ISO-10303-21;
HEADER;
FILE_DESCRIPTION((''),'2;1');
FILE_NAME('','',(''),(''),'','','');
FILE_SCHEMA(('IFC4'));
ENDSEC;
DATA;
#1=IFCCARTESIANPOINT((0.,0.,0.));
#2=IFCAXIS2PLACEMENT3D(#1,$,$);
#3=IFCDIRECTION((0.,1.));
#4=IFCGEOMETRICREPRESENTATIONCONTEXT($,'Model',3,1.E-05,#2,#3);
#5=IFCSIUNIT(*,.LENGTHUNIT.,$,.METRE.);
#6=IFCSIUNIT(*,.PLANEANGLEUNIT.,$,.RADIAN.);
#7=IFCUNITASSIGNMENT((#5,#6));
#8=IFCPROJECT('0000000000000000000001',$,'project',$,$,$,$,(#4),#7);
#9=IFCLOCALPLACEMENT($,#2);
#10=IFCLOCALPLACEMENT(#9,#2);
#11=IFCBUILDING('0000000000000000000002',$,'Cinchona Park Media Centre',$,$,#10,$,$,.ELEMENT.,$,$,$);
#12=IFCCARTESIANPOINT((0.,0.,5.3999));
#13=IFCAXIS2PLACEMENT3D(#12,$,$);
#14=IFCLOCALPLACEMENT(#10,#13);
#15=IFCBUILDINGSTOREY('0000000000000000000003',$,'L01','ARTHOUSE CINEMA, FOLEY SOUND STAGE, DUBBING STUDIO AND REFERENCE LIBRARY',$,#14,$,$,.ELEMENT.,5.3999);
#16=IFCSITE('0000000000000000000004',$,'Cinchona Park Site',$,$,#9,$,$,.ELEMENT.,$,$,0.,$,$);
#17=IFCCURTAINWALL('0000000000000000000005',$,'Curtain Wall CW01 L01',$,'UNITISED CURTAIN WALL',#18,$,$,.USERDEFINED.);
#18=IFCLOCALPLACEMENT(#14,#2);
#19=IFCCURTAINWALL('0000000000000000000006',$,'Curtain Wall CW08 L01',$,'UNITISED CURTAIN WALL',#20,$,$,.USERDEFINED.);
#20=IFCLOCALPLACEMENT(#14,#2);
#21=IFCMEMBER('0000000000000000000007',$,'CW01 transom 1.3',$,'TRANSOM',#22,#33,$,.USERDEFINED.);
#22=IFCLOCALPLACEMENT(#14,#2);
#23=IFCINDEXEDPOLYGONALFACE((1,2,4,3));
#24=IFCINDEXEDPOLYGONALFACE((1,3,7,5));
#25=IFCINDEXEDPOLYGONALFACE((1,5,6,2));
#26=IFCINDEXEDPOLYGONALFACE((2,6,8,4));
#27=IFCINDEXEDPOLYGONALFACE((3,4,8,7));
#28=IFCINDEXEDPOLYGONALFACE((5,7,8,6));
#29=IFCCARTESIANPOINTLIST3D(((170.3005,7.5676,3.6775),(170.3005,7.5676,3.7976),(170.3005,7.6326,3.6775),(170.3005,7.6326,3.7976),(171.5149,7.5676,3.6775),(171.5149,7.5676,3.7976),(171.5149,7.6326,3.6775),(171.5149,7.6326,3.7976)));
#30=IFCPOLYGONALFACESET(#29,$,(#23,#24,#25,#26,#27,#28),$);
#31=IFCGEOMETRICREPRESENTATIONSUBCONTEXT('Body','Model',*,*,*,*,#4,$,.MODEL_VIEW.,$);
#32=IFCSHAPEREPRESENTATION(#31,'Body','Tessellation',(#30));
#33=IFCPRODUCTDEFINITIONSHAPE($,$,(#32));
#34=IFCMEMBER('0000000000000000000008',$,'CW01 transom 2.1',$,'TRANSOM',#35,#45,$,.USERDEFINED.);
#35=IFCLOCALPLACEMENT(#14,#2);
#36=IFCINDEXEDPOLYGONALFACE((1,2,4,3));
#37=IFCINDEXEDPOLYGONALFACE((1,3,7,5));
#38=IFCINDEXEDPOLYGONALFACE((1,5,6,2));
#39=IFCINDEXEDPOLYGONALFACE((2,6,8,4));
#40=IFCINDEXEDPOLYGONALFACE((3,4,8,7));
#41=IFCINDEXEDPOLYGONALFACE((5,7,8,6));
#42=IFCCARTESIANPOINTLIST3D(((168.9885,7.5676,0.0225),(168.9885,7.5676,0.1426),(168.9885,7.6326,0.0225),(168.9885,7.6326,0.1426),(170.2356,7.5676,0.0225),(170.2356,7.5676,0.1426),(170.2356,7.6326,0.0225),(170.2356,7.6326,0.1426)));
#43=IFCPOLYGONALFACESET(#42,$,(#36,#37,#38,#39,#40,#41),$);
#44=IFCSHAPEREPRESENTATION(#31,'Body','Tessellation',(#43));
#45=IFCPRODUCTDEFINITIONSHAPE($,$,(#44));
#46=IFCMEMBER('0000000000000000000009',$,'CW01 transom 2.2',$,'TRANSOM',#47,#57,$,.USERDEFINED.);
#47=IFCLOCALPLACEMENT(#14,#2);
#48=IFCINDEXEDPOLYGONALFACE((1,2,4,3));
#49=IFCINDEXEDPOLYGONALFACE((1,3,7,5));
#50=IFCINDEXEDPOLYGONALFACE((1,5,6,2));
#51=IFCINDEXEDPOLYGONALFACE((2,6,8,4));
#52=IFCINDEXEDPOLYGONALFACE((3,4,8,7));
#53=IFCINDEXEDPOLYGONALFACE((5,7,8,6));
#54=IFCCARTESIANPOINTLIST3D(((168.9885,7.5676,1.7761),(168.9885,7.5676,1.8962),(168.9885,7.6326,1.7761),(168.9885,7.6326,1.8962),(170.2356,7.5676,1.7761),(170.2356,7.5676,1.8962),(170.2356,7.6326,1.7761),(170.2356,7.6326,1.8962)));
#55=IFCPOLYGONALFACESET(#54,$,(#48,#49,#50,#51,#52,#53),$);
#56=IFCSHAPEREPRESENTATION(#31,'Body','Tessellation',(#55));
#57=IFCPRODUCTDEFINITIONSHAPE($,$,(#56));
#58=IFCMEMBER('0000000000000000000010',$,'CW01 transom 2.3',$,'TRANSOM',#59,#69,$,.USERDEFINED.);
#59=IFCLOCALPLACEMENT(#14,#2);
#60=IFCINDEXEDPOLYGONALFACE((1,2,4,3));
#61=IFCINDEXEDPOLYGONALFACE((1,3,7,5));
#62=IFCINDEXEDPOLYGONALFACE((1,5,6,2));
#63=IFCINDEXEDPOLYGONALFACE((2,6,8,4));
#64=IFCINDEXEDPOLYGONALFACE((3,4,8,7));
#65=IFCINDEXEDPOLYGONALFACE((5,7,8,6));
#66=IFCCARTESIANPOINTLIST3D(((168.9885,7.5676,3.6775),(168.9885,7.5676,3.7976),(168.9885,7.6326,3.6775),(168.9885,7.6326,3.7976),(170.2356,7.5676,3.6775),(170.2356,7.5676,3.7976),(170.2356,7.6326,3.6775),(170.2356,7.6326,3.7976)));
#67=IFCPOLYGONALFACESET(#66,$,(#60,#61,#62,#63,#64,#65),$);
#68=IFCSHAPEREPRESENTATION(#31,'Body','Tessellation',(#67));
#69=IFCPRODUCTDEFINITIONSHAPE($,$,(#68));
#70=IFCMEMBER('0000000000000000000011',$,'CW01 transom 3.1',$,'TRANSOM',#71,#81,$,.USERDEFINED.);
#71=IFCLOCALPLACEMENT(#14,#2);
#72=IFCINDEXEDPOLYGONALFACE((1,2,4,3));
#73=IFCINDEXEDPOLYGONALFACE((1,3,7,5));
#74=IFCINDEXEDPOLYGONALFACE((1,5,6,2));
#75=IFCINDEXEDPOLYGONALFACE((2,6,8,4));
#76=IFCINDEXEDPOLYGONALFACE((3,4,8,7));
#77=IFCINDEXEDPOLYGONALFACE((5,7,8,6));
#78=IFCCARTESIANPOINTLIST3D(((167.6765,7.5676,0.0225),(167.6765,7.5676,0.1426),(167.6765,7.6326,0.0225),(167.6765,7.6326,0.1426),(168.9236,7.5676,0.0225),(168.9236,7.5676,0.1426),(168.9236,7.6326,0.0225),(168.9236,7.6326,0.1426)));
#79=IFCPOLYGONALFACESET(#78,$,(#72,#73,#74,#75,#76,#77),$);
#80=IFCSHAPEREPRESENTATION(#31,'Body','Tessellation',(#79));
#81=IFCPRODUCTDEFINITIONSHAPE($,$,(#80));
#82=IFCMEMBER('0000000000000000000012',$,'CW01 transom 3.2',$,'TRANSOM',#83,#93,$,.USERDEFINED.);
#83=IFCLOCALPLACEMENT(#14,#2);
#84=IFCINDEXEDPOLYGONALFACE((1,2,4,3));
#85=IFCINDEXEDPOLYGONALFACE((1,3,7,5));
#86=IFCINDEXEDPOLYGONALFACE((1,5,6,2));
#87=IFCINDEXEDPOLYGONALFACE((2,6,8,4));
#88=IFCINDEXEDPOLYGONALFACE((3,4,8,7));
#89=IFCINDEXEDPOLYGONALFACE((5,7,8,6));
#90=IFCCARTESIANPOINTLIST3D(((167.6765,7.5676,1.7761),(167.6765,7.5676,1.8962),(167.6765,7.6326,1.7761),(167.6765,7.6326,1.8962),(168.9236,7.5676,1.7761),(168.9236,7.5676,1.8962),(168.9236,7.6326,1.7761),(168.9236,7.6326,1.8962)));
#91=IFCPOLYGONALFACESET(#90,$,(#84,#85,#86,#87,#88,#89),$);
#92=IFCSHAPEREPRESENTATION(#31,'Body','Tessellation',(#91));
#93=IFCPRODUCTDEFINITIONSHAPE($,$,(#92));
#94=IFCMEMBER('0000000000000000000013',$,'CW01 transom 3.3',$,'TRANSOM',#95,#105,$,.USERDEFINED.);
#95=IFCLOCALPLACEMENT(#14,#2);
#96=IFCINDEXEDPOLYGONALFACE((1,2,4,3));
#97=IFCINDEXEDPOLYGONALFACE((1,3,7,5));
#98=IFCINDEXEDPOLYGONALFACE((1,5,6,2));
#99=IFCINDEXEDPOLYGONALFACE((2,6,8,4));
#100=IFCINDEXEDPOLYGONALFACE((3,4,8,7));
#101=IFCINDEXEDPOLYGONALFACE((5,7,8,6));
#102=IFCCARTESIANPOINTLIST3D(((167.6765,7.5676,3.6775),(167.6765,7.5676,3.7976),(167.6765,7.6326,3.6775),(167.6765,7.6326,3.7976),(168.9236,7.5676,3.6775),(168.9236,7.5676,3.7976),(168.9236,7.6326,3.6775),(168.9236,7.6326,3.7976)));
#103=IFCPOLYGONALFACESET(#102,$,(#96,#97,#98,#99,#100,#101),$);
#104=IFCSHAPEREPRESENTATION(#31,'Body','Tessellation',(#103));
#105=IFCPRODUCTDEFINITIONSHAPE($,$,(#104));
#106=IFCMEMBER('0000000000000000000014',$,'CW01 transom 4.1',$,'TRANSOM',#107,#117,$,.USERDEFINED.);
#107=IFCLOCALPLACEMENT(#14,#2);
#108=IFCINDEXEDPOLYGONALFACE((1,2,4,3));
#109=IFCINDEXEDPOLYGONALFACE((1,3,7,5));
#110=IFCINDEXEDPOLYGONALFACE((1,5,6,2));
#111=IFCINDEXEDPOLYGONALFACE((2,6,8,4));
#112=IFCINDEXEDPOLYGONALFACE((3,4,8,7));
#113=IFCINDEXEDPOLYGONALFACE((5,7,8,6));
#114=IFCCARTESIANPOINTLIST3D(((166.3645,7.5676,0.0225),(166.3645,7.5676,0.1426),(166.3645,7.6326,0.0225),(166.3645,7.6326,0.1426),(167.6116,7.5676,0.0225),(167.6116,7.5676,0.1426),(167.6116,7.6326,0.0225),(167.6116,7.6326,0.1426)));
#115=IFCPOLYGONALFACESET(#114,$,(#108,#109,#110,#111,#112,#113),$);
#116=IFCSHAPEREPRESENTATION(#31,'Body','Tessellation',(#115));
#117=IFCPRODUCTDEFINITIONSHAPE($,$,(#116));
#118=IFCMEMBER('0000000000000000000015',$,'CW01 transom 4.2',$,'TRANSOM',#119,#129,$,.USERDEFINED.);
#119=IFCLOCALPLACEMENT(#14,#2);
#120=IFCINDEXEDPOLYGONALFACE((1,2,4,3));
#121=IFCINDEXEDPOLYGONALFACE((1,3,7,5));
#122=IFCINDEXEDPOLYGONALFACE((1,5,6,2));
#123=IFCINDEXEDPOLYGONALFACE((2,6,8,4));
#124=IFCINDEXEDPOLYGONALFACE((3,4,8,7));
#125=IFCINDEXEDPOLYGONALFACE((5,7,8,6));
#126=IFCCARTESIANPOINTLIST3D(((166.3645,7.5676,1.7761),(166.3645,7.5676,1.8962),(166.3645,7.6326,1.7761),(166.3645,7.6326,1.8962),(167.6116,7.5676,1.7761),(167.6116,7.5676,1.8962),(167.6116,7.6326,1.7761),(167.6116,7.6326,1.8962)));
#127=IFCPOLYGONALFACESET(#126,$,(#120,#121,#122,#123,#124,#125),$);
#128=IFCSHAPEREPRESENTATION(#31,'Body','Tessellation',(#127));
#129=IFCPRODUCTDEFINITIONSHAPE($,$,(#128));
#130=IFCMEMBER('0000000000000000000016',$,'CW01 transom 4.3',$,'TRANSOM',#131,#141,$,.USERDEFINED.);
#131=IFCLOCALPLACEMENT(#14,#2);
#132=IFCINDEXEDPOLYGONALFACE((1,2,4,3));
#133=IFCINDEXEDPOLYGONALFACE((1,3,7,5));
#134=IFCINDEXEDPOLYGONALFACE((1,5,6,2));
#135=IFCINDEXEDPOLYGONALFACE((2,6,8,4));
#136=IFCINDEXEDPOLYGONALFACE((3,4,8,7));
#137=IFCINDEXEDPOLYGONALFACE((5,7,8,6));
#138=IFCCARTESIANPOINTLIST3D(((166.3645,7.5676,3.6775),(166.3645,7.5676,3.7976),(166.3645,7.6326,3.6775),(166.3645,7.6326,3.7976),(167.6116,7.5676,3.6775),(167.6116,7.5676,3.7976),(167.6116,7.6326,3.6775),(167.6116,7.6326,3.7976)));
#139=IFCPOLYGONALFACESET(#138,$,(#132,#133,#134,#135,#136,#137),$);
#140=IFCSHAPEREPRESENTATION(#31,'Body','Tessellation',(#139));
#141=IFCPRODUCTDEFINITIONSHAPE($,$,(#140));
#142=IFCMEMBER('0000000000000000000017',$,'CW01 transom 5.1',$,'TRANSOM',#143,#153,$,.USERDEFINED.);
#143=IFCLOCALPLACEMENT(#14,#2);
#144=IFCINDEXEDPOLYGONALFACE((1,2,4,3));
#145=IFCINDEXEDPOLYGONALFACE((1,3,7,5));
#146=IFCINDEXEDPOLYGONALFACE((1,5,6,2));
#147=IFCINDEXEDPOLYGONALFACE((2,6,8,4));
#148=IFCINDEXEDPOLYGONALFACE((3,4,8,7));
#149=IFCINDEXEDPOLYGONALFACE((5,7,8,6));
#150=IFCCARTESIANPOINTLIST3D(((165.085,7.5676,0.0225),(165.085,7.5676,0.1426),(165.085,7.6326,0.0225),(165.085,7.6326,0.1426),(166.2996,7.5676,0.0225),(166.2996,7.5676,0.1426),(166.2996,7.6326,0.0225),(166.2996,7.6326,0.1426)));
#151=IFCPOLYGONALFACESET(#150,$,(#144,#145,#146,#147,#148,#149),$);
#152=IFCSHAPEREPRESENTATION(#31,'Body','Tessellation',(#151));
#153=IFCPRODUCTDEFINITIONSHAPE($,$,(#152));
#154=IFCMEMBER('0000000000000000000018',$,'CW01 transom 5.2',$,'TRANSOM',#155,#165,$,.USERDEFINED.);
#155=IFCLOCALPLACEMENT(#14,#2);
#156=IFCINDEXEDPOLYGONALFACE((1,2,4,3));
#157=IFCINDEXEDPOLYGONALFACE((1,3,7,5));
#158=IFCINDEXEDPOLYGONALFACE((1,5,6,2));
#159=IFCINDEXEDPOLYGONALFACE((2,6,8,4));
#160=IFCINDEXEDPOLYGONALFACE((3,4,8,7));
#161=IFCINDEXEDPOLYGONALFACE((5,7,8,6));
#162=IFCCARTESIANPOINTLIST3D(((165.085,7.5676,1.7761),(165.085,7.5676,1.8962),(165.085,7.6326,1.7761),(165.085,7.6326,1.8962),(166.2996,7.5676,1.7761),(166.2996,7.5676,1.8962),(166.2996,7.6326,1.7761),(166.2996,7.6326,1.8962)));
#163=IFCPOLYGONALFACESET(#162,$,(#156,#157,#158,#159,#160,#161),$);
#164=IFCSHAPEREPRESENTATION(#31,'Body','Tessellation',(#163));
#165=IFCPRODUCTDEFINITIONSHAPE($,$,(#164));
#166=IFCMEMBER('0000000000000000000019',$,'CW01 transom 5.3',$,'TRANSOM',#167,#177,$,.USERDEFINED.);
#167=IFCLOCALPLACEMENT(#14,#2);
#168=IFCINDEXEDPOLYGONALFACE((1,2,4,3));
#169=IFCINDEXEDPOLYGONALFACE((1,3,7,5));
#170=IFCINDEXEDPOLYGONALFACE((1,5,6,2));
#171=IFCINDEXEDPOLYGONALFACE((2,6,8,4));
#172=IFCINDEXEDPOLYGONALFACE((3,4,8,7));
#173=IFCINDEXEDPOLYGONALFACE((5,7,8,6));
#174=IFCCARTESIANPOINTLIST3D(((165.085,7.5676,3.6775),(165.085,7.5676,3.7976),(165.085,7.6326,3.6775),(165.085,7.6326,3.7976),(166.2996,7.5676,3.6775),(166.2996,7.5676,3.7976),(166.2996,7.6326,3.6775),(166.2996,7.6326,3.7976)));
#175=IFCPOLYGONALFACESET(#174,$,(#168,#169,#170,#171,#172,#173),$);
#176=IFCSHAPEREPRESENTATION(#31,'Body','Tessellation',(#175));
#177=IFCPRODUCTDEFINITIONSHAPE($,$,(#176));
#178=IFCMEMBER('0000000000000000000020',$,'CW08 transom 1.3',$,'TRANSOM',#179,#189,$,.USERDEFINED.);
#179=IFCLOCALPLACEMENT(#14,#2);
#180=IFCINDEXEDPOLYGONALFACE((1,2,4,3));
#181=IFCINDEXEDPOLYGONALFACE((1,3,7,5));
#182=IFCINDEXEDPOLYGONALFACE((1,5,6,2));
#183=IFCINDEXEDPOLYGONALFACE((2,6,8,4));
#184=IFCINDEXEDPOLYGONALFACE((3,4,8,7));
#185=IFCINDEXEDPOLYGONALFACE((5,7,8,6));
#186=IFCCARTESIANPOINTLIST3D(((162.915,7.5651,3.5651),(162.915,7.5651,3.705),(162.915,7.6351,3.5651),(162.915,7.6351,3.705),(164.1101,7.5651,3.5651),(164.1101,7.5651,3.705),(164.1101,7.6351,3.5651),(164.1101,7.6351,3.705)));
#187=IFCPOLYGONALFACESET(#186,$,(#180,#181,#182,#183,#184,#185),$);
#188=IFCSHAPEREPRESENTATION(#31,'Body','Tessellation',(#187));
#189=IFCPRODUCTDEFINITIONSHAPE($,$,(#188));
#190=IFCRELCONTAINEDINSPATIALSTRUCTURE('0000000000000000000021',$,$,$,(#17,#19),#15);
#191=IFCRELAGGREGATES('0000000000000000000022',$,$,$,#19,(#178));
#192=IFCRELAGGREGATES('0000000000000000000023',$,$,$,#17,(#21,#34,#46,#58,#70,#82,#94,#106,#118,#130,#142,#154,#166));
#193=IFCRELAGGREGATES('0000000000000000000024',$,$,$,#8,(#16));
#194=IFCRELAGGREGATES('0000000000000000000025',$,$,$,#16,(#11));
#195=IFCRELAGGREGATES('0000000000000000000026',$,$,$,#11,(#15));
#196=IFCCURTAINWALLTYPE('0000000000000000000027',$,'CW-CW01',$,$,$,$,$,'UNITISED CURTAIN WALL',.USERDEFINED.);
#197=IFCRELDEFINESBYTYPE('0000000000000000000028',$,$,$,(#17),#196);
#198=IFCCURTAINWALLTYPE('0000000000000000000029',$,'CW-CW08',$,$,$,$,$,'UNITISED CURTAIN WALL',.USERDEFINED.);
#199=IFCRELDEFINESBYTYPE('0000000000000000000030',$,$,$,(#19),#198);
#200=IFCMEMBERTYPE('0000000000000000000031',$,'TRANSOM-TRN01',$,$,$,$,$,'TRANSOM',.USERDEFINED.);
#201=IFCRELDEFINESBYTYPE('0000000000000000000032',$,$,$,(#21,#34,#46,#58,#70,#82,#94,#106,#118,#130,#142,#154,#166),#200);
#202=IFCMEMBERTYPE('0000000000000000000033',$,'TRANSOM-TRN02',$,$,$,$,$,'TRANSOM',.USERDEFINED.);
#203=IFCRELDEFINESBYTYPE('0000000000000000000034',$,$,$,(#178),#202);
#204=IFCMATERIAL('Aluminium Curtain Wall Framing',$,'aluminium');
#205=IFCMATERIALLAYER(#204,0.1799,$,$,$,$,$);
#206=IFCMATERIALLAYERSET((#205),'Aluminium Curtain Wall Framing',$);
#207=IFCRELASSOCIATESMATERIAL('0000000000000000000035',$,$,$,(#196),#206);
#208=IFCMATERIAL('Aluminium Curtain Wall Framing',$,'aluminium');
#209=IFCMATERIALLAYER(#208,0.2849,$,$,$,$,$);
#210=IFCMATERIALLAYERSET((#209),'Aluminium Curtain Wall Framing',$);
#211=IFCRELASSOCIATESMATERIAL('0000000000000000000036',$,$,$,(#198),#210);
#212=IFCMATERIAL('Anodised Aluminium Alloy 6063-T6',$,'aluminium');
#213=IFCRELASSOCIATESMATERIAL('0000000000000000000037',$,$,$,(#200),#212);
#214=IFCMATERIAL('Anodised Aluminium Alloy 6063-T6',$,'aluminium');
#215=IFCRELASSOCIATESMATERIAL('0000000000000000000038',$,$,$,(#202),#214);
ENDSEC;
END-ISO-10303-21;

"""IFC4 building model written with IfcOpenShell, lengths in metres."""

from ifc_helpers import new_model, si_unit, direction, frame, origin, origin_2d, place, context, subcontext, project, spatial, rectangle, extrude, material, layer, layer_set, material_profile, profile_set, type_object, element, aggregate, save


model = new_model("IFC4")

# Units and contexts
model_context = context("Model", 3, precision=1e-05, world=origin(), true_north=direction((0.0, 1.0)))
body_context = subcontext(model_context, "Body", "Model", "MODEL_VIEW")
ifc_project = project(units=[si_unit("LENGTHUNIT", "METRE"), si_unit("PLANEANGLEUNIT", "RADIAN")], contexts=[model_context])

# Site, building, storey
site_placement = place(None, origin())
site = spatial("IfcSite", under=ifc_project, at=site_placement, Name="Cinchona Park Site", CompositionType="ELEMENT", RefElevation=0.0)
building_placement = place(site_placement, origin())
building = spatial("IfcBuilding", under=site, at=building_placement, Name="Cinchona Park Media Centre", CompositionType="ELEMENT")
storey_placement = place(building_placement, frame((0.0, 0.0, 5.3999)))
storey = spatial("IfcBuildingStorey", under=building, at=storey_placement, Name="L01", Description="ARTHOUSE CINEMA, FOLEY SOUND STAGE, DUBBING STUDIO AND REFERENCE LIBRARY", CompositionType="ELEMENT", Elevation=5.3999)

# Curtain wall
ifc_material_1 = material(Name="Aluminium Curtain Wall Framing", Category="aluminium")
ifc_layer_1 = layer(ifc_material_1, 0.1799)
ifc_layer_set_1 = layer_set([ifc_layer_1], Name="Aluminium Curtain Wall Framing")
curtain_wall_type_1 = type_object("IfcCurtainWallType", Name="CW-CW01", ElementType="UNITISED CURTAIN WALL", PredefinedType="USERDEFINED", material=ifc_layer_set_1)
curtain_wall_1_placement = place(storey_placement, origin())
curtain_wall_1 = element("IfcCurtainWall", 1, at=curtain_wall_1_placement, inside=storey, type_object=curtain_wall_type_1, Name="Curtain Wall CW01 L01", ObjectType="UNITISED CURTAIN WALL", PredefinedType="USERDEFINED")

# Curtain wall
ifc_material_2 = material(Name="Aluminium Curtain Wall Framing", Category="aluminium")
ifc_layer_2 = layer(ifc_material_2, 0.2849)
ifc_layer_set_2 = layer_set([ifc_layer_2], Name="Aluminium Curtain Wall Framing")
curtain_wall_type_2 = type_object("IfcCurtainWallType", Name="CW-CW08", ElementType="UNITISED CURTAIN WALL", PredefinedType="USERDEFINED", material=ifc_layer_set_2)
curtain_wall_2_placement = place(storey_placement, origin())
curtain_wall_2 = element("IfcCurtainWall", 2, at=curtain_wall_2_placement, inside=storey, type_object=curtain_wall_type_2, Name="Curtain Wall CW08 L01", ObjectType="UNITISED CURTAIN WALL", PredefinedType="USERDEFINED")

# Members
ifc_material_3 = material(Name="Anodised Aluminium Alloy 6063-T6", Category="aluminium")
ifc_material_profile_1 = material_profile(ifc_material_3, rectangle(XDim=0.0649, YDim=0.1201, at=origin_2d()), Name="TRN-65X120")
ifc_profile_set_1 = profile_set([ifc_material_profile_1], Name="Anodised Aluminium Alloy 6063-T6")
member_type_1 = type_object("IfcMemberType", Name="TRANSOM-TRN01", ElementType="TRANSOM", PredefinedType="USERDEFINED", material=ifc_profile_set_1)
member_1_placement = place(storey_placement, frame((171.5149, 7.6001, 3.7375), z_axis=(-1.0, 0.0, 0.0), x_axis=(0.0, -1.0, 0.0)))
member_1 = element("IfcMember", 3, at=member_1_placement, type_object=member_type_1, Name="CW01 transom 1.3", ObjectType="TRANSOM", PredefinedType="USERDEFINED", context=body_context, shape_type="SweptSolid", body=[
    extrude(rectangle(XDim=0.0649, YDim=0.1201, at=origin_2d()), origin(), (0.0, 0.0, 1.0), 1.2144),
])
member_2_placement = place(storey_placement, frame((170.2356, 7.6001, 0.0825), z_axis=(-1.0, 0.0, 0.0), x_axis=(0.0, -1.0, 0.0)))
member_2 = element("IfcMember", 4, at=member_2_placement, type_object=member_type_1, Name="CW01 transom 2.1", ObjectType="TRANSOM", PredefinedType="USERDEFINED", context=body_context, shape_type="SweptSolid", body=[
    extrude(rectangle(XDim=0.0649, YDim=0.1201, at=origin_2d()), origin(), (0.0, 0.0, 1.0), 1.2471),
])
member_3_placement = place(storey_placement, frame((170.2356, 7.6001, 1.8362), z_axis=(-1.0, 0.0, 0.0), x_axis=(0.0, -1.0, 0.0)))
member_3 = element("IfcMember", 5, at=member_3_placement, type_object=member_type_1, Name="CW01 transom 2.2", ObjectType="TRANSOM", PredefinedType="USERDEFINED", context=body_context, shape_type="SweptSolid", body=[
    extrude(rectangle(XDim=0.0649, YDim=0.1201, at=origin_2d()), origin(), (0.0, 0.0, 1.0), 1.2471),
])
member_4_placement = place(storey_placement, frame((170.2356, 7.6001, 3.7375), z_axis=(-1.0, 0.0, 0.0), x_axis=(0.0, -1.0, 0.0)))
member_4 = element("IfcMember", 6, at=member_4_placement, type_object=member_type_1, Name="CW01 transom 2.3", ObjectType="TRANSOM", PredefinedType="USERDEFINED", context=body_context, shape_type="SweptSolid", body=[
    extrude(rectangle(XDim=0.0649, YDim=0.1201, at=origin_2d()), origin(), (0.0, 0.0, 1.0), 1.2471),
])
member_5_placement = place(storey_placement, frame((168.9236, 7.6001, 0.0825), z_axis=(-1.0, 0.0, 0.0), x_axis=(0.0, -1.0, 0.0)))
member_5 = element("IfcMember", 7, at=member_5_placement, type_object=member_type_1, Name="CW01 transom 3.1", ObjectType="TRANSOM", PredefinedType="USERDEFINED", context=body_context, shape_type="SweptSolid", body=[
    extrude(rectangle(XDim=0.0649, YDim=0.1201, at=origin_2d()), origin(), (0.0, 0.0, 1.0), 1.2471),
])
member_6_placement = place(storey_placement, frame((168.9236, 7.6001, 1.8362), z_axis=(-1.0, 0.0, 0.0), x_axis=(0.0, -1.0, 0.0)))
member_6 = element("IfcMember", 8, at=member_6_placement, type_object=member_type_1, Name="CW01 transom 3.2", ObjectType="TRANSOM", PredefinedType="USERDEFINED", context=body_context, shape_type="SweptSolid", body=[
    extrude(rectangle(XDim=0.0649, YDim=0.1201, at=origin_2d()), origin(), (0.0, 0.0, 1.0), 1.2471),
])
member_7_placement = place(storey_placement, frame((168.9236, 7.6001, 3.7375), z_axis=(-1.0, 0.0, 0.0), x_axis=(0.0, -1.0, 0.0)))
member_7 = element("IfcMember", 9, at=member_7_placement, type_object=member_type_1, Name="CW01 transom 3.3", ObjectType="TRANSOM", PredefinedType="USERDEFINED", context=body_context, shape_type="SweptSolid", body=[
    extrude(rectangle(XDim=0.0649, YDim=0.1201, at=origin_2d()), origin(), (0.0, 0.0, 1.0), 1.2471),
])
member_8_placement = place(storey_placement, frame((167.6116, 7.6001, 0.0825), z_axis=(-1.0, 0.0, 0.0), x_axis=(0.0, -1.0, 0.0)))
member_8 = element("IfcMember", 10, at=member_8_placement, type_object=member_type_1, Name="CW01 transom 4.1", ObjectType="TRANSOM", PredefinedType="USERDEFINED", context=body_context, shape_type="SweptSolid", body=[
    extrude(rectangle(XDim=0.0649, YDim=0.1201, at=origin_2d()), origin(), (0.0, 0.0, 1.0), 1.2471),
])
member_9_placement = place(storey_placement, frame((167.6116, 7.6001, 1.8362), z_axis=(-1.0, 0.0, 0.0), x_axis=(0.0, -1.0, 0.0)))
member_9 = element("IfcMember", 11, at=member_9_placement, type_object=member_type_1, Name="CW01 transom 4.2", ObjectType="TRANSOM", PredefinedType="USERDEFINED", context=body_context, shape_type="SweptSolid", body=[
    extrude(rectangle(XDim=0.0649, YDim=0.1201, at=origin_2d()), origin(), (0.0, 0.0, 1.0), 1.2471),
])
member_10_placement = place(storey_placement, frame((167.6116, 7.6001, 3.7375), z_axis=(-1.0, 0.0, 0.0), x_axis=(0.0, -1.0, 0.0)))
member_10 = element("IfcMember", 12, at=member_10_placement, type_object=member_type_1, Name="CW01 transom 4.3", ObjectType="TRANSOM", PredefinedType="USERDEFINED", context=body_context, shape_type="SweptSolid", body=[
    extrude(rectangle(XDim=0.0649, YDim=0.1201, at=origin_2d()), origin(), (0.0, 0.0, 1.0), 1.2471),
])
member_11_placement = place(storey_placement, frame((166.2996, 7.6001, 0.0825), z_axis=(-1.0, 0.0, 0.0), x_axis=(0.0, -1.0, 0.0)))
member_11 = element("IfcMember", 13, at=member_11_placement, type_object=member_type_1, Name="CW01 transom 5.1", ObjectType="TRANSOM", PredefinedType="USERDEFINED", context=body_context, shape_type="SweptSolid", body=[
    extrude(rectangle(XDim=0.0649, YDim=0.1201, at=origin_2d()), origin(), (0.0, 0.0, 1.0), 1.2146),
])
member_12_placement = place(storey_placement, frame((166.2996, 7.6001, 1.8362), z_axis=(-1.0, 0.0, 0.0), x_axis=(0.0, -1.0, 0.0)))
member_12 = element("IfcMember", 14, at=member_12_placement, type_object=member_type_1, Name="CW01 transom 5.2", ObjectType="TRANSOM", PredefinedType="USERDEFINED", context=body_context, shape_type="SweptSolid", body=[
    extrude(rectangle(XDim=0.0649, YDim=0.1201, at=origin_2d()), origin(), (0.0, 0.0, 1.0), 1.2146),
])
member_13_placement = place(storey_placement, frame((166.2996, 7.6001, 3.7375), z_axis=(-1.0, 0.0, 0.0), x_axis=(0.0, -1.0, 0.0)))
member_13 = element("IfcMember", 15, at=member_13_placement, type_object=member_type_1, Name="CW01 transom 5.3", ObjectType="TRANSOM", PredefinedType="USERDEFINED", context=body_context, shape_type="SweptSolid", body=[
    extrude(rectangle(XDim=0.0649, YDim=0.1201, at=origin_2d()), origin(), (0.0, 0.0, 1.0), 1.2146),
])
ifc_material_4 = material(Name="Anodised Aluminium Alloy 6063-T6", Category="aluminium")
ifc_material_profile_2 = material_profile(ifc_material_4, rectangle(XDim=0.0701, YDim=0.1399, at=origin_2d()), Name="TRN-70X140")
ifc_profile_set_2 = profile_set([ifc_material_profile_2], Name="Anodised Aluminium Alloy 6063-T6")
member_type_2 = type_object("IfcMemberType", Name="TRANSOM-TRN02", ElementType="TRANSOM", PredefinedType="USERDEFINED", material=ifc_profile_set_2)
member_14_placement = place(storey_placement, frame((164.1101, 7.6001, 3.635), z_axis=(-1.0, 0.0, 0.0), x_axis=(0.0, -1.0, 0.0)))
member_14 = element("IfcMember", 16, at=member_14_placement, type_object=member_type_2, Name="CW08 transom 1.3", ObjectType="TRANSOM", PredefinedType="USERDEFINED", context=body_context, shape_type="SweptSolid", body=[
    extrude(rectangle(XDim=0.0701, YDim=0.1399, at=origin_2d()), origin(), (0.0, 0.0, 1.0), 1.1951),
])
aggregate(curtain_wall_2, [member_14])

aggregate(curtain_wall_1, [member_1, member_2, member_3, member_4, member_5, member_6, member_7, member_8, member_9, member_10, member_11, member_12, member_13])

save(model, "model.ifc")
